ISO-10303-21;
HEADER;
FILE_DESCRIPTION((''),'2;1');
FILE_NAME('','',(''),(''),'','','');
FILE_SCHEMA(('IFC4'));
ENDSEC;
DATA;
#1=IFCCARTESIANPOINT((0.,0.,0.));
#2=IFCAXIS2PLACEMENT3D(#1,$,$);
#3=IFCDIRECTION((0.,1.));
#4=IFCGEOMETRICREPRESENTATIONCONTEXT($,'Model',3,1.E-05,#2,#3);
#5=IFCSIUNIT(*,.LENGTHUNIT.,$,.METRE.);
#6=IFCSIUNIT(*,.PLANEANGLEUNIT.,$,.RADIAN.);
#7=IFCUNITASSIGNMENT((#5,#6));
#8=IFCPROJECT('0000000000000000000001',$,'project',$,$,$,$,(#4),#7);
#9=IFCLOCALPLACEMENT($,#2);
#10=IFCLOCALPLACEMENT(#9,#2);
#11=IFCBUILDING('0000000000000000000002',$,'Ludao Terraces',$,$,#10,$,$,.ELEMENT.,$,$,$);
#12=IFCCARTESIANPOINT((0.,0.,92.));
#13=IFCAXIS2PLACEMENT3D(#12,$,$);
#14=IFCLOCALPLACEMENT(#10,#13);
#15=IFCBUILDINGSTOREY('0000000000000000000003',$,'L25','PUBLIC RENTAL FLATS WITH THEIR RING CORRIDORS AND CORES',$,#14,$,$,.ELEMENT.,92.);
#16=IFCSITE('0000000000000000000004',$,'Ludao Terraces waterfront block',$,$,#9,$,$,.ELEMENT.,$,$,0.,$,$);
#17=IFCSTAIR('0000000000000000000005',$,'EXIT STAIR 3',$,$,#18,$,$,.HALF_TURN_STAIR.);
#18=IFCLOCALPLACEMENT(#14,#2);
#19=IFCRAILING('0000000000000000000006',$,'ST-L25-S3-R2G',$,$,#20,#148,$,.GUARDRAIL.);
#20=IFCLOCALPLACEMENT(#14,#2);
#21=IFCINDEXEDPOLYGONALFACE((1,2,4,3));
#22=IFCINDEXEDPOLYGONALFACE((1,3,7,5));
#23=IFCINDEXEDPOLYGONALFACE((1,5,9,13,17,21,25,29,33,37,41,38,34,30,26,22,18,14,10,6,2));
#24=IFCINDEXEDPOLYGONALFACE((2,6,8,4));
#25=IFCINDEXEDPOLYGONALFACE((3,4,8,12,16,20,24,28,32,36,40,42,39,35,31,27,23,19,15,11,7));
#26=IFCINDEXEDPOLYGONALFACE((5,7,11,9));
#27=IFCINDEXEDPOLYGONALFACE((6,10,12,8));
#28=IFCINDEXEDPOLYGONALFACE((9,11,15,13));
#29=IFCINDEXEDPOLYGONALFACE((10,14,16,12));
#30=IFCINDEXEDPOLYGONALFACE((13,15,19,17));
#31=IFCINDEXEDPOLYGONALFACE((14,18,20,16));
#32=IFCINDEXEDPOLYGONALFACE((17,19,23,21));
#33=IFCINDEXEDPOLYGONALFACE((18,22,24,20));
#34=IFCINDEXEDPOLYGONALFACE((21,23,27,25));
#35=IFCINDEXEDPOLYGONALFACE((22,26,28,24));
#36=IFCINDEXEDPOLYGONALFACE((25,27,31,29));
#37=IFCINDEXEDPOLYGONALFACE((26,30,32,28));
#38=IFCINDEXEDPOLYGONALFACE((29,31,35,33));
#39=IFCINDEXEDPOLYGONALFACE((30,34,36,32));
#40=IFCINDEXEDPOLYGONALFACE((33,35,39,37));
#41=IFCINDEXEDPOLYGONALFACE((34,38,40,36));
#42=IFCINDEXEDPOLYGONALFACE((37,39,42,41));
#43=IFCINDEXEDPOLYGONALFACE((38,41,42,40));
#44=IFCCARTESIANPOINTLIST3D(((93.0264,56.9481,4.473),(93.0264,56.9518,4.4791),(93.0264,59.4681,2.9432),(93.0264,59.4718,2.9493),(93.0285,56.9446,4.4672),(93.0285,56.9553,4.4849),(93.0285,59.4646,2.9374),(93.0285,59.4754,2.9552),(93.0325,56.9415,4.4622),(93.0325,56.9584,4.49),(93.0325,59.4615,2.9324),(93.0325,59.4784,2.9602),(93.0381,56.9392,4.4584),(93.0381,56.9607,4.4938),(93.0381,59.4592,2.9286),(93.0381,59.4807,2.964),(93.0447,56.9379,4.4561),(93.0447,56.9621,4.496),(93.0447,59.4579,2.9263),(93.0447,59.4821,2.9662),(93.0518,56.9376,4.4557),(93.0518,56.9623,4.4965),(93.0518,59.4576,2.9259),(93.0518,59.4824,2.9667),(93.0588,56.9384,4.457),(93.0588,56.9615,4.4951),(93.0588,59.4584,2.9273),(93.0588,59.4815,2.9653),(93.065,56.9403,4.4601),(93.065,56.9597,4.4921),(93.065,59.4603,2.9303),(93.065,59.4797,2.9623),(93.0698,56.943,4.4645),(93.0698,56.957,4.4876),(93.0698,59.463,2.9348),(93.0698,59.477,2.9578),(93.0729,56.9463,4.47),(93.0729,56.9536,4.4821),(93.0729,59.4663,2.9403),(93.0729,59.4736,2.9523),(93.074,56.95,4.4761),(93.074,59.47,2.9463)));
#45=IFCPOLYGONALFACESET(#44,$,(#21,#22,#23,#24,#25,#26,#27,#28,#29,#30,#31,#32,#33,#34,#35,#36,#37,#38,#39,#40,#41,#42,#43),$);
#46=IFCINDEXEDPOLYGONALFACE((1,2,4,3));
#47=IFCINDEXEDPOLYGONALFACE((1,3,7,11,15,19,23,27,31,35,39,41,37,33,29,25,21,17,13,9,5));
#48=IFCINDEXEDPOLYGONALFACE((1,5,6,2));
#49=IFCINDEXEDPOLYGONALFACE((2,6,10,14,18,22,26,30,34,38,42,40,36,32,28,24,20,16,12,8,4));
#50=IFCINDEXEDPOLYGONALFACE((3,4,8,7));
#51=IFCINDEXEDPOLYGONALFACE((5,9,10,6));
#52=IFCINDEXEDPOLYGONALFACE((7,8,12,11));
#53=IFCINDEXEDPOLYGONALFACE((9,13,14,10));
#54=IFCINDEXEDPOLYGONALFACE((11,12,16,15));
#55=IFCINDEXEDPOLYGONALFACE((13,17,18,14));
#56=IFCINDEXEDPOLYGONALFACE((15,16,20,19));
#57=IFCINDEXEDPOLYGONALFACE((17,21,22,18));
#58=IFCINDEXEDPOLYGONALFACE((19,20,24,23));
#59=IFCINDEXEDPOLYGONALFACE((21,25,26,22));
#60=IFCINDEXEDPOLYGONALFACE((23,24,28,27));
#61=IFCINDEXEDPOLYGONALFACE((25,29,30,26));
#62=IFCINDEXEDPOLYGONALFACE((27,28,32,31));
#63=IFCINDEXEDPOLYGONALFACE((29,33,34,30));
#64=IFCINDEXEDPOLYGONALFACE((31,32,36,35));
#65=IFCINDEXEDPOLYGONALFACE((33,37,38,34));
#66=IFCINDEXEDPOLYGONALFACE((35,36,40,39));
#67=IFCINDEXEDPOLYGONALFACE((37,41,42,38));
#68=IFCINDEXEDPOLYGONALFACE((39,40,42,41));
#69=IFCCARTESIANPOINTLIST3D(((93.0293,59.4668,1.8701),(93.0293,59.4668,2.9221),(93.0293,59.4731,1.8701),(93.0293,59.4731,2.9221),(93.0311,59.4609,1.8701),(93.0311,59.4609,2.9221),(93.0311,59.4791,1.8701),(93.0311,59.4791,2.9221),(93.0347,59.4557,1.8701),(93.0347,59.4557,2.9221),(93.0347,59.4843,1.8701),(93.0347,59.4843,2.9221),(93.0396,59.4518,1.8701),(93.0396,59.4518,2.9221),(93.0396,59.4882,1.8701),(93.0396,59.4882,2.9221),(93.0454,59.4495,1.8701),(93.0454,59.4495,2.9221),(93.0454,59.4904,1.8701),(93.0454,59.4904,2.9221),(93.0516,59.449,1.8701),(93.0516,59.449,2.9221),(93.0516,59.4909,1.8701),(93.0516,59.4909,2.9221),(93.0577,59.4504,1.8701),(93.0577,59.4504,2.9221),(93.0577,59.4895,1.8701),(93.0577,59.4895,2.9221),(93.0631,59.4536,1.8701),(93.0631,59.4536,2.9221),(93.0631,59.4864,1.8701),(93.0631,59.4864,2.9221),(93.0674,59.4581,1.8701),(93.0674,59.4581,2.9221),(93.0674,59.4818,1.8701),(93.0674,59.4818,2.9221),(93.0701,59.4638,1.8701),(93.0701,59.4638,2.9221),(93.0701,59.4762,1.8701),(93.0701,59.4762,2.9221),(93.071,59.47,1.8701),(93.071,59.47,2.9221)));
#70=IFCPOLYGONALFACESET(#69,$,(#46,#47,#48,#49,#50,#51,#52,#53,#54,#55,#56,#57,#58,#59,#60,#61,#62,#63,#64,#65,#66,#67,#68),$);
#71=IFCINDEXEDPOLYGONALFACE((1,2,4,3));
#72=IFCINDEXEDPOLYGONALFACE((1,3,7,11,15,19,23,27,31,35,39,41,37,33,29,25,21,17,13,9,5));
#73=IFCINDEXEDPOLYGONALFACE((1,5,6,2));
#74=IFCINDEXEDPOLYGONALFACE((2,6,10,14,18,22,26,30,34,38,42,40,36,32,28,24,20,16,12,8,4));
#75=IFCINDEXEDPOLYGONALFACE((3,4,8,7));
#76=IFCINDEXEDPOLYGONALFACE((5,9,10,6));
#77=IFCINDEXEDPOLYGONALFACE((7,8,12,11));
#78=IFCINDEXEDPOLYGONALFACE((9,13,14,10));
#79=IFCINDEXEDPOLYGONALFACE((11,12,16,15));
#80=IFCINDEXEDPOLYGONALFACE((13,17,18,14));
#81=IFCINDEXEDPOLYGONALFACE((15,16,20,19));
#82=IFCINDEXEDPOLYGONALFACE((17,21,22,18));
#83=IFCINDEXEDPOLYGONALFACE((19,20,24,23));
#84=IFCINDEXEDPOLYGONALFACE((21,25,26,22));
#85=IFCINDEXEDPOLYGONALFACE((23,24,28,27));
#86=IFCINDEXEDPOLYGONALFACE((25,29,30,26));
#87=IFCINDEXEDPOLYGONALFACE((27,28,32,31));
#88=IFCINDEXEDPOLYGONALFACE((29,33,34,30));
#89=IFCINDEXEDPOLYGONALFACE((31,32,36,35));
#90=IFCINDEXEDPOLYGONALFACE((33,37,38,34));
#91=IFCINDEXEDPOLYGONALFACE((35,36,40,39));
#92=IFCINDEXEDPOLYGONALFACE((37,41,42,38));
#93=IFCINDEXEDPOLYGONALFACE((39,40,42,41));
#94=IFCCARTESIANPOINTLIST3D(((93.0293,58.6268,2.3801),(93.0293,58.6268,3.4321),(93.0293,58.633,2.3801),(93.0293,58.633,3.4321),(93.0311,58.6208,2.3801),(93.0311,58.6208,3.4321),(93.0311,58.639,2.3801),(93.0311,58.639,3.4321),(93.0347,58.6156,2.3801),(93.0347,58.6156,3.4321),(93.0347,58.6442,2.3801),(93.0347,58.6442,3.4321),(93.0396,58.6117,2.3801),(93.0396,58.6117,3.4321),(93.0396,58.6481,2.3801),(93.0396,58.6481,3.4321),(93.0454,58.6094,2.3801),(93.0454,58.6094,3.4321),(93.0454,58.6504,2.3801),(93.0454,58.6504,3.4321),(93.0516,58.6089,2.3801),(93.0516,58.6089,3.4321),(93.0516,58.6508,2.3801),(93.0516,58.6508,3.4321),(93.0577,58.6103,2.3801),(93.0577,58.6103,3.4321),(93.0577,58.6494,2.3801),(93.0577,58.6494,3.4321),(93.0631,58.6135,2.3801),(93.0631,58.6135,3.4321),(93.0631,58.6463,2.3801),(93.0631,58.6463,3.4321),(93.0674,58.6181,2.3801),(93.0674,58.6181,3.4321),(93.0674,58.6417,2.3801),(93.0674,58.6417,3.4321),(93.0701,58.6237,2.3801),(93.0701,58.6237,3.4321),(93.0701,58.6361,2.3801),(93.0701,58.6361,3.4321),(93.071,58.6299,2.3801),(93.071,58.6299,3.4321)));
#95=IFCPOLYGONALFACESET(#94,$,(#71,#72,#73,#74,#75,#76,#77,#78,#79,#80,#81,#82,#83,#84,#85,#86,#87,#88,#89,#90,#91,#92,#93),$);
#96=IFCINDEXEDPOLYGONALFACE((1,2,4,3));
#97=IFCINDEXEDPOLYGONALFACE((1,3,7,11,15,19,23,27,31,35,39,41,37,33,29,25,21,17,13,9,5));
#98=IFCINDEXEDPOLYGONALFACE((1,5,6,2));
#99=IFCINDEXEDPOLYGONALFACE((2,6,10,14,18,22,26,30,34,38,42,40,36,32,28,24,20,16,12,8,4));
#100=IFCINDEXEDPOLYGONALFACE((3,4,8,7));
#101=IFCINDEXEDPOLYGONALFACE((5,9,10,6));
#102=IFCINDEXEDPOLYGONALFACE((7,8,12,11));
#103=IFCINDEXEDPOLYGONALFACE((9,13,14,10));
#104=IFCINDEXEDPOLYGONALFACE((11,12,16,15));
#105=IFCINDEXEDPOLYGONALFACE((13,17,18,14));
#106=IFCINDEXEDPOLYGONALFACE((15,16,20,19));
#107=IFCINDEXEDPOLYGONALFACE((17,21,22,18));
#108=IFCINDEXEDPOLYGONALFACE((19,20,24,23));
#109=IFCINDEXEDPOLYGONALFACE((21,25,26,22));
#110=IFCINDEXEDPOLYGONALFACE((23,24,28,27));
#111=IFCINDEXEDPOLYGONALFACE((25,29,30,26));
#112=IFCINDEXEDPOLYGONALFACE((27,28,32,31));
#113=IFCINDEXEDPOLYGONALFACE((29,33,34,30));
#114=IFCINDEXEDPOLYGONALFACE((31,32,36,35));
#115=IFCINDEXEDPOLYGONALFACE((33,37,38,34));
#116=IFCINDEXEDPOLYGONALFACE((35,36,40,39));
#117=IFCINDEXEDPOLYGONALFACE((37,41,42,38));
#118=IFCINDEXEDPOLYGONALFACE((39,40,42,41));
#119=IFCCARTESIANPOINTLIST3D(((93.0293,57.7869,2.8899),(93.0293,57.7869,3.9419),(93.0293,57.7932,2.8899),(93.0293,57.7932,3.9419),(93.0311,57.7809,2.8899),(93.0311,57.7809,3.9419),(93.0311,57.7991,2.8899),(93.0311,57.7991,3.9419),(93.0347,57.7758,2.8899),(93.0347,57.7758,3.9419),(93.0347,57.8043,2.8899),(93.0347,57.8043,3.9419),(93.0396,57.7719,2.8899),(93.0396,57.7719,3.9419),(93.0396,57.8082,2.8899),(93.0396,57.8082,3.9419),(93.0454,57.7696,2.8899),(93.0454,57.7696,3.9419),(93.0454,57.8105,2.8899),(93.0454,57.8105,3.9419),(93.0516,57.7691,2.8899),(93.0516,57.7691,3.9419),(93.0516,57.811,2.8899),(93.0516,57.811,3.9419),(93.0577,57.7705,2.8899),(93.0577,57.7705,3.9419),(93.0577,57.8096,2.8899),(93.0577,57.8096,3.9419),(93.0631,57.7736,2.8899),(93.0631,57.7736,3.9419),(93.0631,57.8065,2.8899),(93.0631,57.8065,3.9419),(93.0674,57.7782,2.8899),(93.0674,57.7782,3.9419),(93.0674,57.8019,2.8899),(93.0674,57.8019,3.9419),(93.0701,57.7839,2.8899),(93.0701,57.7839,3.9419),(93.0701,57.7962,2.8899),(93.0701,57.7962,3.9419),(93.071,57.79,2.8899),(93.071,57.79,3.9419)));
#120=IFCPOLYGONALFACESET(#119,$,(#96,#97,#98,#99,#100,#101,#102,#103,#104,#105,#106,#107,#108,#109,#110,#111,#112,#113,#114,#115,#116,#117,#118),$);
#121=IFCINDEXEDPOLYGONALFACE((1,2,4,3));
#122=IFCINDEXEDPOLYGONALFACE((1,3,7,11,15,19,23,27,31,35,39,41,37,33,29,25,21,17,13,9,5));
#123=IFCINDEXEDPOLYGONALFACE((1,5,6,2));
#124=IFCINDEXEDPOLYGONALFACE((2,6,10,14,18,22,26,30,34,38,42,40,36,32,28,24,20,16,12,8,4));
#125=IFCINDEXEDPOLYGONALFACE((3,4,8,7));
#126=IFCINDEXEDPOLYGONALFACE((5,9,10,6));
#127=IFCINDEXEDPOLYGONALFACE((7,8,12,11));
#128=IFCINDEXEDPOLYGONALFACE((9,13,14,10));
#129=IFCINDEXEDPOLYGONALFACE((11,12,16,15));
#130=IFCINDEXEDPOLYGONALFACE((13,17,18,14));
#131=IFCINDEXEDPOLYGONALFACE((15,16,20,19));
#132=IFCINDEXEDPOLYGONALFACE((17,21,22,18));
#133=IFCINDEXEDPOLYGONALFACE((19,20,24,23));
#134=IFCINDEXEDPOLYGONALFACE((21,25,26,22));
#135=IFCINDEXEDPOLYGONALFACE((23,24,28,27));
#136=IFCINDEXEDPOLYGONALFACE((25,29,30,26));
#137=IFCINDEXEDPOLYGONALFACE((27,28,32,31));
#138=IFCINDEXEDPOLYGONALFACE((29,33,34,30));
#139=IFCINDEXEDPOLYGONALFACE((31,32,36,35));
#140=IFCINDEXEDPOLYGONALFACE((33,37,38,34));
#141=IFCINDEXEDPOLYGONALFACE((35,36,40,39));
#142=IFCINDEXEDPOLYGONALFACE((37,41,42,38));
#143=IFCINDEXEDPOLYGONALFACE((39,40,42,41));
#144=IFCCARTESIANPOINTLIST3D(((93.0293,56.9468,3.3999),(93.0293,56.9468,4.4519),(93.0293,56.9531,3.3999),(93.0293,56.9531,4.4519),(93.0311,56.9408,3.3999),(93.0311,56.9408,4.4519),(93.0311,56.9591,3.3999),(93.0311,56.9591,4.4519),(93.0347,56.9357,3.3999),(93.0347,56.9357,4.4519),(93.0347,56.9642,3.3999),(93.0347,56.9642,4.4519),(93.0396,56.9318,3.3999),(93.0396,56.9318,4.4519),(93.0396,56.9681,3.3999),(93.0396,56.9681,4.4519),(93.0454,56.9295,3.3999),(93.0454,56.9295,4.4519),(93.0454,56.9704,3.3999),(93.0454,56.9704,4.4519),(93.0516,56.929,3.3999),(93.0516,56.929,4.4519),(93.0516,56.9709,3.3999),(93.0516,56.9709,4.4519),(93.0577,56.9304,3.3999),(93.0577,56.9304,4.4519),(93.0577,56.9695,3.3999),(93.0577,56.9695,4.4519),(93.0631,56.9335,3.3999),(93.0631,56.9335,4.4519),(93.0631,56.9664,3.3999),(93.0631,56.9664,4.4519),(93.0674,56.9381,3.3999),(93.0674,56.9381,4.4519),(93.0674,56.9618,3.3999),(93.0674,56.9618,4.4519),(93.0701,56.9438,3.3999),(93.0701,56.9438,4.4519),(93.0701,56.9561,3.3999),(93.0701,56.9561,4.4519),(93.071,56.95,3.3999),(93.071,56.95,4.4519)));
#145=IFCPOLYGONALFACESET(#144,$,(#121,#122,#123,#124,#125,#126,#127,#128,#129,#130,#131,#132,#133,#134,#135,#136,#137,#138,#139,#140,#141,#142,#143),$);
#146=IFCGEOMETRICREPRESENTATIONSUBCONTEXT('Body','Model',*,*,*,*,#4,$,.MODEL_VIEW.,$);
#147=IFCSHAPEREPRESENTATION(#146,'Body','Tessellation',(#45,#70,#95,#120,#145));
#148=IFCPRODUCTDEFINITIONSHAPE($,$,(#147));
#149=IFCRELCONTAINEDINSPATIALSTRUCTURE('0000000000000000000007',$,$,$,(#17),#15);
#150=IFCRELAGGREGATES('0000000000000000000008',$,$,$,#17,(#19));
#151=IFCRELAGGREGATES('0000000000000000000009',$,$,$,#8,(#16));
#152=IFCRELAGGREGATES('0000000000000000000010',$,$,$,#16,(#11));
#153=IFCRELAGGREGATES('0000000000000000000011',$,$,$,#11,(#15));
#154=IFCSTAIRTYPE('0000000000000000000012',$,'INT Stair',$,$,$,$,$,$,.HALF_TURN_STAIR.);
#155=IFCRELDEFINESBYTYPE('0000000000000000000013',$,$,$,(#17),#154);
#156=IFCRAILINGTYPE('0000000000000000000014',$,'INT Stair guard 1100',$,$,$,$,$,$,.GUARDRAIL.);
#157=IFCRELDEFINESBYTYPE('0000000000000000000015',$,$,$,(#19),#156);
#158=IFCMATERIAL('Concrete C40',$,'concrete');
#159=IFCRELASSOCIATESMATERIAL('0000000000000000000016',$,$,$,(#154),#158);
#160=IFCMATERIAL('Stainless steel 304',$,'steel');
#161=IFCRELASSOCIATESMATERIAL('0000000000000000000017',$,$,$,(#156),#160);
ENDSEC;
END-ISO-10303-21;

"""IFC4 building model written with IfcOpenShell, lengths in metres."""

from ifc_helpers import new_model, si_unit, direction, frame, origin, origin_2d, place, context, subcontext, project, spatial, circle, extrude, material, type_object, element, aggregate, save


model = new_model("IFC4")

# Units and contexts
model_context = context("Model", 3, precision=1e-05, world=origin(), true_north=direction((0.0, 1.0)))
body_context = subcontext(model_context, "Body", "Model", "MODEL_VIEW")
ifc_project = project(units=[si_unit("LENGTHUNIT", "METRE"), si_unit("PLANEANGLEUNIT", "RADIAN")], contexts=[model_context])

# Site, building, storey
site_placement = place(None, origin())
site = spatial("IfcSite", under=ifc_project, at=site_placement, Name="Ludao Terraces waterfront block", CompositionType="ELEMENT", RefElevation=0.0)
building_placement = place(site_placement, origin())
building = spatial("IfcBuilding", under=site, at=building_placement, Name="Ludao Terraces", CompositionType="ELEMENT")
storey_placement = place(building_placement, frame((0.0, 0.0, 92.0)))
storey = spatial("IfcBuildingStorey", under=building, at=storey_placement, Name="L25", Description="PUBLIC RENTAL FLATS WITH THEIR RING CORRIDORS AND CORES", CompositionType="ELEMENT", Elevation=92.0)

# Shared definitions
ifc_material_1 = material(Name="Concrete C40", Category="concrete")

# Stair, railing
stair_type = type_object("IfcStairType", Name="INT Stair", PredefinedType="HALF_TURN_STAIR", material=ifc_material_1)
stair_placement = place(storey_placement, origin())
stair = element("IfcStair", 1, at=stair_placement, inside=storey, type_object=stair_type, Name="EXIT STAIR 3", PredefinedType="HALF_TURN_STAIR")
ifc_material_2 = material(Name="Stainless steel 304", Category="steel")
railing_type_1 = type_object("IfcRailingType", Name="INT Stair guard 1100", PredefinedType="GUARDRAIL", material=ifc_material_2)
railing_1_placement = place(storey_placement, frame((93.05, 59.47, 1.8701)))
railing_1 = element("IfcRailing", 2, at=railing_1_placement, type_object=railing_type_1, Name="ST-L25-S3-R2G", PredefinedType="GUARDRAIL", context=body_context, shape_type="SweptSolid", body=[
    extrude(circle(Radius=0.0239, at=origin_2d()), frame((0.0, 0.0, 1.0762), z_axis=(0.0, -0.854822, 0.518922), x_axis=(1.0, 0.0, 0.0)), (0.0, 0.0, 1.0), 2.948),
    extrude(circle(Radius=0.021, at=origin_2d()), origin(), (0.0, 0.0, 1.0), 1.052),
    extrude(circle(Radius=0.021, at=origin_2d()), frame((0.0, -0.8401, 0.51)), (0.0, 0.0, 1.0), 1.052),
    extrude(circle(Radius=0.021, at=origin_2d()), frame((0.0, -1.6799, 1.0198)), (0.0, 0.0, 1.0), 1.052),
    extrude(circle(Radius=0.021, at=origin_2d()), frame((0.0, -2.52, 1.5298)), (0.0, 0.0, 1.0), 1.052),
])
aggregate(stair, [railing_1])

save(model, "model.ifc")
